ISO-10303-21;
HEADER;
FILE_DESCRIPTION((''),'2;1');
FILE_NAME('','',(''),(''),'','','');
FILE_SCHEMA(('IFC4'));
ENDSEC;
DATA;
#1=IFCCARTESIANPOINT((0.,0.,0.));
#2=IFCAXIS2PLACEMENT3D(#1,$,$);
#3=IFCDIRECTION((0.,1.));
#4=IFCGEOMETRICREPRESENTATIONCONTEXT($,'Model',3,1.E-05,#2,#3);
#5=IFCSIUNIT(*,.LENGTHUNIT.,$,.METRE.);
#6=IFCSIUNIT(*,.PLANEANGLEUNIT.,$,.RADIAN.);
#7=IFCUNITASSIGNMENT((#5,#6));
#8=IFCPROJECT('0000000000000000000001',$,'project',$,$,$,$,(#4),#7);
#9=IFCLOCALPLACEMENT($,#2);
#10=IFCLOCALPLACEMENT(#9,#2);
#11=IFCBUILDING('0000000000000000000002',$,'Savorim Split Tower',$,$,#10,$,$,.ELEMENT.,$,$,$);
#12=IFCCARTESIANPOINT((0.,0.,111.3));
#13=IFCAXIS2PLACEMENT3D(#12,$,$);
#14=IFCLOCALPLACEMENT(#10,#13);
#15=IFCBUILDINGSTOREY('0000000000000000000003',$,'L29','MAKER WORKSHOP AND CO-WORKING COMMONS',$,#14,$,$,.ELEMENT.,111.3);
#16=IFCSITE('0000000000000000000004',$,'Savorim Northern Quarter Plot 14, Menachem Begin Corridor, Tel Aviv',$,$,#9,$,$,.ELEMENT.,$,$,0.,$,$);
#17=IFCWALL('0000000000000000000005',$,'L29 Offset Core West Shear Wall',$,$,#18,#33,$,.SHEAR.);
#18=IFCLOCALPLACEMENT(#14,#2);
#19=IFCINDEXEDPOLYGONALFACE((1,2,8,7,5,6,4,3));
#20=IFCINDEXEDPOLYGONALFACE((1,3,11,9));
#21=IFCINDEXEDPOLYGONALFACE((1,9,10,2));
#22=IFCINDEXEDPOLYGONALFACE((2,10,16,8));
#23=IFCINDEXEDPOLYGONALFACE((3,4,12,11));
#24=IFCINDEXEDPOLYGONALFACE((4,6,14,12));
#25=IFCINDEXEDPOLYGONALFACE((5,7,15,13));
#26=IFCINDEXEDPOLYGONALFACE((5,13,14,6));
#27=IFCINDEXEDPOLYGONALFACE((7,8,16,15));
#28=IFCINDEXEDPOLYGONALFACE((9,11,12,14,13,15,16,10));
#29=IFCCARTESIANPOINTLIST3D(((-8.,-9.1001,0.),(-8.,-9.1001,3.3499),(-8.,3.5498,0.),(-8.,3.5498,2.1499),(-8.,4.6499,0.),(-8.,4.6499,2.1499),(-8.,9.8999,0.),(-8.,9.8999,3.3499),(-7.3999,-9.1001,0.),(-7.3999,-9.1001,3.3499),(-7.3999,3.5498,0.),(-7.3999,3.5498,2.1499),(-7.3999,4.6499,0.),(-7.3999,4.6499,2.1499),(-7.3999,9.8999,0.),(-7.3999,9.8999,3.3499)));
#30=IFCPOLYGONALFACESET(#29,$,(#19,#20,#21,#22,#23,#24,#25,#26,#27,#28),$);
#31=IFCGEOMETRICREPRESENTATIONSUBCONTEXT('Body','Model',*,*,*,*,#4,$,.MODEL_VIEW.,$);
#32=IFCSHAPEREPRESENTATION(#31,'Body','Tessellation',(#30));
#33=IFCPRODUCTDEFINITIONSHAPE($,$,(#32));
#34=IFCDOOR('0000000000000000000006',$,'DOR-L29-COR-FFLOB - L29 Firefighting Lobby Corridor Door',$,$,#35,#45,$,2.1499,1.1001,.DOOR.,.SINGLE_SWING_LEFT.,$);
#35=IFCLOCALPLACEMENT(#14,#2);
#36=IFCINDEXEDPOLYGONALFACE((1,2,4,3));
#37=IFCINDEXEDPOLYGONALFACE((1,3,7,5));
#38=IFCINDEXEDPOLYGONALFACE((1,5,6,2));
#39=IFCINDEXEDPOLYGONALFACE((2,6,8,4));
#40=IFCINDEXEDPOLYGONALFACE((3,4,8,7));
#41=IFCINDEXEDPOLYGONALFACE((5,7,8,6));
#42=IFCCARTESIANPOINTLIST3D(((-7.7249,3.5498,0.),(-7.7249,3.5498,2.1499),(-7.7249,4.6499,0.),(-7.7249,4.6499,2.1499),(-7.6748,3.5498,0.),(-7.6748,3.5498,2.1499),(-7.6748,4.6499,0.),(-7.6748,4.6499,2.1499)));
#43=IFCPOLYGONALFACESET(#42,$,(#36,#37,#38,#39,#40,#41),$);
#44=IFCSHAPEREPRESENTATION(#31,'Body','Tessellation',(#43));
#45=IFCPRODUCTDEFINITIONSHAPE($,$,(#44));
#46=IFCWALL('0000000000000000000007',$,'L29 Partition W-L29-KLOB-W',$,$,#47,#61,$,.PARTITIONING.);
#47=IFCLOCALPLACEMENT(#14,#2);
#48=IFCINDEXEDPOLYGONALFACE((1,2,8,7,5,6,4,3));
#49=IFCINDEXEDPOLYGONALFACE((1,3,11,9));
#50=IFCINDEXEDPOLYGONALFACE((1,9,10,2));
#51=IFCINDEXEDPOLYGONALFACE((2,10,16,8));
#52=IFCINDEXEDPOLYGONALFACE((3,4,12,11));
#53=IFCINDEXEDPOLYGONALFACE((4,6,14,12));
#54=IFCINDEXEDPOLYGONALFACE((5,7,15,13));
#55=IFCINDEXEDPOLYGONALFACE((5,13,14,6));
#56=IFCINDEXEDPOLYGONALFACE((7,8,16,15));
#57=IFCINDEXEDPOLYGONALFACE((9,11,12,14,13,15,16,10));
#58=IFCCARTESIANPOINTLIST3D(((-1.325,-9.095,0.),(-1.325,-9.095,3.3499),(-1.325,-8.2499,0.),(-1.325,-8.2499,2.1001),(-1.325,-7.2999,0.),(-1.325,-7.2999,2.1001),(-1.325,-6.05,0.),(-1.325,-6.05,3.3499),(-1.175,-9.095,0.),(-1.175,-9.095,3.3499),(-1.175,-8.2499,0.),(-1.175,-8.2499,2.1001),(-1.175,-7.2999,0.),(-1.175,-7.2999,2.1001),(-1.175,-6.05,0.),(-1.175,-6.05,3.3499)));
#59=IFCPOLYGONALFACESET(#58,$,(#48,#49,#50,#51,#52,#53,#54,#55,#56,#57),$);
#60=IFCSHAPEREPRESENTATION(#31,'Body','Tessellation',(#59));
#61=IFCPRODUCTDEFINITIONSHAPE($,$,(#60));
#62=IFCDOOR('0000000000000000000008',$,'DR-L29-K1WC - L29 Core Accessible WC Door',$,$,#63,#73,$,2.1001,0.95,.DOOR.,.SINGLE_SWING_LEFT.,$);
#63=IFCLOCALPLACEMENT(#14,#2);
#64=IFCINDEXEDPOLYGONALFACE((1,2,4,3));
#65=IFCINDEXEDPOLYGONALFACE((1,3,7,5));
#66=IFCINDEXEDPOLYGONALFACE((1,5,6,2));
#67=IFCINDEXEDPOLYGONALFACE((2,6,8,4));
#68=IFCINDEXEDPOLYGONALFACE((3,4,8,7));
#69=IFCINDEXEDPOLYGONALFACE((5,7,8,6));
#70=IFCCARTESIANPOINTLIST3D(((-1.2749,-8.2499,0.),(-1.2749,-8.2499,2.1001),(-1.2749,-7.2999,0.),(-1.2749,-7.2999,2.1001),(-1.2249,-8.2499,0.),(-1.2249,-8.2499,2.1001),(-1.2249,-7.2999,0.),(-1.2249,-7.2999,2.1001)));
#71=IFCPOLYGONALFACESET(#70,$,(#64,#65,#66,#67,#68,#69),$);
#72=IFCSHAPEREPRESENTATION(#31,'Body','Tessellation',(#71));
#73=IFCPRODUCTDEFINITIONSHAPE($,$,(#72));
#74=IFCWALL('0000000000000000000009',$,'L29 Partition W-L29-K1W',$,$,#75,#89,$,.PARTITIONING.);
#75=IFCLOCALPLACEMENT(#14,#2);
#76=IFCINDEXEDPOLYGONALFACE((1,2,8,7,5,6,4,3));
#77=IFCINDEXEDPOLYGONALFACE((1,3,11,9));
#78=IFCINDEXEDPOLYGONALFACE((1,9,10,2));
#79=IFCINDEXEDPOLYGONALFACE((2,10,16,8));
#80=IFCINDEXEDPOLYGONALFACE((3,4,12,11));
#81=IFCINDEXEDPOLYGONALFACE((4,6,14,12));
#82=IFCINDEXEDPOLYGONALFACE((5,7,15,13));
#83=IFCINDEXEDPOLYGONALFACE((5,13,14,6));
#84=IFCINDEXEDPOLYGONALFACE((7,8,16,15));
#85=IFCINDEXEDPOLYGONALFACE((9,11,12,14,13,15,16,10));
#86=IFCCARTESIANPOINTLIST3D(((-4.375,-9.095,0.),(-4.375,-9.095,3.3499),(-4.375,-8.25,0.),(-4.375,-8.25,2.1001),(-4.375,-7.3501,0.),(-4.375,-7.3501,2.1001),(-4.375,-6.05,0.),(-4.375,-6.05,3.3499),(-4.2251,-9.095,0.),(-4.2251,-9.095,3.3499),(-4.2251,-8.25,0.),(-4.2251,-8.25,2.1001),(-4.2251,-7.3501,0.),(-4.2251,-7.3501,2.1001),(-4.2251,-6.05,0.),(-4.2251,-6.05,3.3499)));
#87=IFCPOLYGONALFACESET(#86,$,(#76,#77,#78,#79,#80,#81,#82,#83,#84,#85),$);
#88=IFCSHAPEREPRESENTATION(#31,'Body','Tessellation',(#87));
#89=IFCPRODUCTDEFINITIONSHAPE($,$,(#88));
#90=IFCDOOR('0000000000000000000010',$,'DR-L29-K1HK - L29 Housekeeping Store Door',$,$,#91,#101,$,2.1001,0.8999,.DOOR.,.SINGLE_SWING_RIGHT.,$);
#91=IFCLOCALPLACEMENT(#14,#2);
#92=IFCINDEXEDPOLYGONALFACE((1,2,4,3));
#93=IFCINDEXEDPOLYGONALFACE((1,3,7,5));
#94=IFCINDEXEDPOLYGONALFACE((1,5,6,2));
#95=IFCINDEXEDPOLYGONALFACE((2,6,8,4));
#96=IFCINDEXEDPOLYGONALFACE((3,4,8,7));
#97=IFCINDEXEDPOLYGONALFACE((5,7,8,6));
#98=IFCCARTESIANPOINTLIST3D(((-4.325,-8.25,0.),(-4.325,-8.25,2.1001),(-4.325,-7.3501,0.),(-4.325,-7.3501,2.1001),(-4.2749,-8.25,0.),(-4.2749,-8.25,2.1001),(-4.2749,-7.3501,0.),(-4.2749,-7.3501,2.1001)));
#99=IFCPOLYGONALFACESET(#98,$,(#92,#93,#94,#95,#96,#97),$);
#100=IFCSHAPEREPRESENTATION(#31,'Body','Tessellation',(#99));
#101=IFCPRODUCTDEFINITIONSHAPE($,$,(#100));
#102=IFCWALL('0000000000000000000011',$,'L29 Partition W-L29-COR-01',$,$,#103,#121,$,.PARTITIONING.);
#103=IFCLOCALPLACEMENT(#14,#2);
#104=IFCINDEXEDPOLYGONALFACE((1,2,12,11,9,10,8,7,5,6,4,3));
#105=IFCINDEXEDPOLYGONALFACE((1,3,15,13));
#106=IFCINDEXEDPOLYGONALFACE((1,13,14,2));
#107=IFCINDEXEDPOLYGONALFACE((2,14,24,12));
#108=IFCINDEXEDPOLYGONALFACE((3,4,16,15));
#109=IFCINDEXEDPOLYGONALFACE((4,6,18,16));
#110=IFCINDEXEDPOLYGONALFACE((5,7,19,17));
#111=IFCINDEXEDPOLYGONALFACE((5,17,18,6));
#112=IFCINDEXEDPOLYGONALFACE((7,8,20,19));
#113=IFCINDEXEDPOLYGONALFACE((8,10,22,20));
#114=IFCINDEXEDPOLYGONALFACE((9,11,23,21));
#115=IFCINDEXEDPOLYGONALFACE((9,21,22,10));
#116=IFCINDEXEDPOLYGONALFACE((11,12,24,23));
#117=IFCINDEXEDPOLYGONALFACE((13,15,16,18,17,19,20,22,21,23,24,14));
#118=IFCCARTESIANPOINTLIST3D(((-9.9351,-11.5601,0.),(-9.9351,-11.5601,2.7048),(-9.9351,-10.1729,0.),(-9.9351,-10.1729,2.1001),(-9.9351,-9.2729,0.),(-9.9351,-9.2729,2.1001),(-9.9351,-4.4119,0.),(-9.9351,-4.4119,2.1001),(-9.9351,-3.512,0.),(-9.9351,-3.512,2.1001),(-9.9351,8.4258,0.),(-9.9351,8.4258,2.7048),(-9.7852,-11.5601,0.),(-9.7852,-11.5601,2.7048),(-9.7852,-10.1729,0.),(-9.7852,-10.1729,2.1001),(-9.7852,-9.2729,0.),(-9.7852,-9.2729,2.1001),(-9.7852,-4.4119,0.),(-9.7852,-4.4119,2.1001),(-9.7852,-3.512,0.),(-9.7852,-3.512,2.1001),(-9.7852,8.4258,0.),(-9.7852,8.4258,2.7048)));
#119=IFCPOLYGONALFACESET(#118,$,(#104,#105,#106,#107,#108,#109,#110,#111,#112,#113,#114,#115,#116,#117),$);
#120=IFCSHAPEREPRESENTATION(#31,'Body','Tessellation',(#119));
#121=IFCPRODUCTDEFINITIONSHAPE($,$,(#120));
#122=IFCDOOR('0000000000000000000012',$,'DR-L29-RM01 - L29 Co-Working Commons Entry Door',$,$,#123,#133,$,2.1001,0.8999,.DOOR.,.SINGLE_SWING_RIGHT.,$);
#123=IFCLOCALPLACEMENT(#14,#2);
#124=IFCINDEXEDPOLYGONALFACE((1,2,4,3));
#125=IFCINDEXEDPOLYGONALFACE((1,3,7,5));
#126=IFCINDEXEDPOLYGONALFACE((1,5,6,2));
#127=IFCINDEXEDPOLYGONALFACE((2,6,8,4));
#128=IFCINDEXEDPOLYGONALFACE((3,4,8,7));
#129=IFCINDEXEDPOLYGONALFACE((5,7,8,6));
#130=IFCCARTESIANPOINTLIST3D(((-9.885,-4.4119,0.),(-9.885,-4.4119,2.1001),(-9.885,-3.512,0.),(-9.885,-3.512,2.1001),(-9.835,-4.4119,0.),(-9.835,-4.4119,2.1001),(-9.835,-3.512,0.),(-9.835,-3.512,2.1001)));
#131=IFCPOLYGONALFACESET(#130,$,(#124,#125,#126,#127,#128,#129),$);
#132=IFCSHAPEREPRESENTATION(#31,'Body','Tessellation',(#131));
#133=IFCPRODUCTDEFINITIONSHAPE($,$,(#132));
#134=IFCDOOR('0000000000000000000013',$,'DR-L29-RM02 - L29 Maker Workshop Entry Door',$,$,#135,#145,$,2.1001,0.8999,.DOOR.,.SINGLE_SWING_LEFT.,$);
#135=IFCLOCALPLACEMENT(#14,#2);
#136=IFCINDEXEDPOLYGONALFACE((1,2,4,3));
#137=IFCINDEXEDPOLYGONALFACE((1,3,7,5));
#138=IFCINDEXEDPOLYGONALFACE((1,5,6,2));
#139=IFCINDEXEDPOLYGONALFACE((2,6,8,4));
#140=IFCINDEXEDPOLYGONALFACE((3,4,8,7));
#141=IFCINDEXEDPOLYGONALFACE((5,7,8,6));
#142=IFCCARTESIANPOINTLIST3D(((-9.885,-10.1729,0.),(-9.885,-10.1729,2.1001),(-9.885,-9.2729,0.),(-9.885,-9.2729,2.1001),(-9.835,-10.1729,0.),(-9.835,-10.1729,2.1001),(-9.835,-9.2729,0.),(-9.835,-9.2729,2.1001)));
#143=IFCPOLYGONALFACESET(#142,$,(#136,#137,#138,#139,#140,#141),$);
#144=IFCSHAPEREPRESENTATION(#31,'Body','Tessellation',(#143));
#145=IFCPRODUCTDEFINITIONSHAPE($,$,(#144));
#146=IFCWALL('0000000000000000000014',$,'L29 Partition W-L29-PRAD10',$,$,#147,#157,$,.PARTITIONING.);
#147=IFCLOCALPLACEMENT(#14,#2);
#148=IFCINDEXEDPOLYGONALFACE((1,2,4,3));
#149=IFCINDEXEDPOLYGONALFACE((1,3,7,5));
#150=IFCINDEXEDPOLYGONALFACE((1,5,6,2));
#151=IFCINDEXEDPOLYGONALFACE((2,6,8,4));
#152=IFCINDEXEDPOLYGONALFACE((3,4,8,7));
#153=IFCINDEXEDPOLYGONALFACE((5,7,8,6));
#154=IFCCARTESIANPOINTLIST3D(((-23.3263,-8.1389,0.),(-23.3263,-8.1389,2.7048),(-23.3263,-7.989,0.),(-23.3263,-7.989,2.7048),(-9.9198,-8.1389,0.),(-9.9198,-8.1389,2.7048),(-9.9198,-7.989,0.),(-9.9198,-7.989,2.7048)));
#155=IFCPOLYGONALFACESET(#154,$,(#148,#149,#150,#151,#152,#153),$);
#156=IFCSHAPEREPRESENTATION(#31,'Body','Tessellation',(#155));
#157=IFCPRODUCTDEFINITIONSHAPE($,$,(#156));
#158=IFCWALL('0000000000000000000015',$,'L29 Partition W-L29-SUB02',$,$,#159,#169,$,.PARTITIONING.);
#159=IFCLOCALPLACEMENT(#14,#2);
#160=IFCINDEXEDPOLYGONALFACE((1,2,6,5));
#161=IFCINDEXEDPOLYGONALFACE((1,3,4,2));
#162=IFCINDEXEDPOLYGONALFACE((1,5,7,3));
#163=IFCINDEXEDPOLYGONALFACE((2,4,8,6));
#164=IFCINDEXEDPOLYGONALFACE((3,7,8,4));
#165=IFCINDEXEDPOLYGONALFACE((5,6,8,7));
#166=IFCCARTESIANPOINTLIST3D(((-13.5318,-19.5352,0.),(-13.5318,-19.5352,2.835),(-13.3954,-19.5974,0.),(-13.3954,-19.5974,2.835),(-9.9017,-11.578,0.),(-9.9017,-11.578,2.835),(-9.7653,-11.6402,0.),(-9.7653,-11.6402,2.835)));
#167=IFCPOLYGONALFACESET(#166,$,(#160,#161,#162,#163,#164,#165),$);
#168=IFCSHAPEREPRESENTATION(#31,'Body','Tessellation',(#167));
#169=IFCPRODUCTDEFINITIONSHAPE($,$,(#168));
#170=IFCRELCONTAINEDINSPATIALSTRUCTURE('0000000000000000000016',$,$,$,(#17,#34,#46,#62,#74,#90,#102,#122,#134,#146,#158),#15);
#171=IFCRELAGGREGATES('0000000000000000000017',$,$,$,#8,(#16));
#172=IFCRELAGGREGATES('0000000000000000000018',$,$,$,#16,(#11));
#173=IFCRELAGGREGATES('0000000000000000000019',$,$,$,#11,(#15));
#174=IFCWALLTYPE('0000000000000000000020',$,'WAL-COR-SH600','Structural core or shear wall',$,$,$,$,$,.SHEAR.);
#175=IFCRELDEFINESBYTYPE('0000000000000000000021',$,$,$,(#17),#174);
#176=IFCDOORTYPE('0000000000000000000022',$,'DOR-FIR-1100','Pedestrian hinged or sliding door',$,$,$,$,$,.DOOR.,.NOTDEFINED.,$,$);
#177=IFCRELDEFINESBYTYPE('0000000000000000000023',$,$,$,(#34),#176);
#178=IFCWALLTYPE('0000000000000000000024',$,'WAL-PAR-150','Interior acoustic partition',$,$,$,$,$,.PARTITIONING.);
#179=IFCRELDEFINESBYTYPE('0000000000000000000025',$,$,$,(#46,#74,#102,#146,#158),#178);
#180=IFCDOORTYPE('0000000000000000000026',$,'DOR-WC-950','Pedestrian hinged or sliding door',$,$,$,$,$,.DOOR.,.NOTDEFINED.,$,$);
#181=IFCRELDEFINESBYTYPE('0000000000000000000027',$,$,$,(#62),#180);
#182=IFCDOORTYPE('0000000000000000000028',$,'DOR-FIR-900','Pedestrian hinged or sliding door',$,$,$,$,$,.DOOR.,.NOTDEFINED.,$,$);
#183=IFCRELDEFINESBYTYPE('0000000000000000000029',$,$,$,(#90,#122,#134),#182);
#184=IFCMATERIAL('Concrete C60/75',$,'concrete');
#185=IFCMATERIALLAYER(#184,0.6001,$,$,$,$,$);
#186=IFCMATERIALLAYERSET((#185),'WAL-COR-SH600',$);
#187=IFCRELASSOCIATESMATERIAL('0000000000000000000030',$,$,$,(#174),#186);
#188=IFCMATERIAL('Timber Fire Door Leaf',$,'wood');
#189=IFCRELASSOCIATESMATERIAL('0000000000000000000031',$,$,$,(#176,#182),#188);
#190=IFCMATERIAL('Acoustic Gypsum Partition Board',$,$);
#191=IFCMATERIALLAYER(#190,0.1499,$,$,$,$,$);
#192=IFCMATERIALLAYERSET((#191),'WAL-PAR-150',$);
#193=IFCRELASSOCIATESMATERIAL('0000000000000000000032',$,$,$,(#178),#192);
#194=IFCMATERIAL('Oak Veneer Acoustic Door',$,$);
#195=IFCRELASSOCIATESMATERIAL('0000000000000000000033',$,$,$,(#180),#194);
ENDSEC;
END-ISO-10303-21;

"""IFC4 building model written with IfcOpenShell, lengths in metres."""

from ifc_helpers import new_model, si_unit, direction, frame, frame_2d, origin, place, context, subcontext, project, spatial, rectangle, extrude, material, layer, layer_set, type_object, element, fill, save


model = new_model("IFC4")

# Units and contexts
model_context = context("Model", 3, precision=1e-05, world=origin(), true_north=direction((0.0, 1.0)))
body_context = subcontext(model_context, "Body", "Model", "MODEL_VIEW")
ifc_project = project(units=[si_unit("LENGTHUNIT", "METRE"), si_unit("PLANEANGLEUNIT", "RADIAN")], contexts=[model_context])

# Site, building, storey
site_placement = place(None, origin())
site = spatial("IfcSite", under=ifc_project, at=site_placement, Name="Savorim Northern Quarter Plot 14, Menachem Begin Corridor, Tel Aviv", CompositionType="ELEMENT", RefElevation=0.0)
building_placement = place(site_placement, origin())
building = spatial("IfcBuilding", under=site, at=building_placement, Name="Savorim Split Tower", CompositionType="ELEMENT")
storey_placement = place(building_placement, frame((0.0, 0.0, 111.3)))
storey = spatial("IfcBuildingStorey", under=building, at=storey_placement, Name="L29", Description="MAKER WORKSHOP AND CO-WORKING COMMONS", CompositionType="ELEMENT", Elevation=111.3)

# Walls, openings, doors
ifc_material_1 = material(Name="Concrete C60/75", Category="concrete")
ifc_layer_1 = layer(ifc_material_1, 0.6001)
ifc_layer_set_1 = layer_set([ifc_layer_1], Name="WAL-COR-SH600")
wall_type_1 = type_object("IfcWallType", Name="WAL-COR-SH600", Description="Structural core or shear wall", PredefinedType="SHEAR", material=ifc_layer_set_1)
ifc_material_2 = material(Name="Timber Fire Door Leaf", Category="wood")
wall_1_placement = place(storey_placement, frame((-7.7, -9.1001, 0.0), z_axis=(0.0, 0.0, 1.0), x_axis=(0.0, 1.0, 0.0)))
wall_1 = element("IfcWall", 1, at=wall_1_placement, inside=storey, type_object=wall_type_1, Name="L29 Offset Core West Shear Wall", PredefinedType="SHEAR", context=body_context, shape_type="SweptSolid", body=[
    extrude(rectangle(XDim=19.0, YDim=0.6001, at=frame_2d((9.5, 0.0))), origin(), (0.0, 0.0, 1.0), 3.3499),
])
opening_1_placement = place(wall_1_placement, frame((12.6499, 0.0, 0.0)))
opening_1 = element("IfcOpeningElement", 2, at=opening_1_placement, cuts=wall_1, PredefinedType="OPENING", context=body_context, shape_type="SweptSolid", body=[
    extrude(rectangle(XDim=1.1001, YDim=2.1499, at=frame_2d((0.55, 1.075))), frame((0.0, 0.3101, 0.0), z_axis=(0.0, -1.0, 0.0), x_axis=(1.0, 0.0, 0.0)), (0.0, 0.0, 1.0), 0.6201),
])
door_type_1 = type_object("IfcDoorType", Name="DOR-FIR-1100", Description="Pedestrian hinged or sliding door", OperationType="NOTDEFINED", PredefinedType="DOOR", material=ifc_material_2)
door_1_placement = place(opening_1_placement, origin())
door_1 = element("IfcDoor", 3, at=door_1_placement, inside=storey, type_object=door_type_1, Name="DOR-L29-COR-FFLOB - L29 Firefighting Lobby Corridor Door", OperationType="SINGLE_SWING_LEFT", OverallHeight=2.1499, OverallWidth=1.1001, PredefinedType="DOOR", context=body_context, shape_type="SweptSolid", body=[
    extrude(rectangle(XDim=1.1001, YDim=2.1499, at=frame_2d((0.55, 1.075))), frame((0.0, 0.0249, 0.0), z_axis=(0.0, -1.0, 0.0), x_axis=(1.0, 0.0, 0.0)), (0.0, 0.0, 1.0), 0.05),
])
fill(opening_1, door_1)
ifc_material_3 = material(Name="Acoustic Gypsum Partition Board")
ifc_layer_2 = layer(ifc_material_3, 0.1499)
ifc_layer_set_2 = layer_set([ifc_layer_2], Name="WAL-PAR-150")
wall_type_2 = type_object("IfcWallType", Name="WAL-PAR-150", Description="Interior acoustic partition", PredefinedType="PARTITIONING", material=ifc_layer_set_2)
wall_2_placement = place(storey_placement, frame((-1.25, -9.095, 0.0), z_axis=(0.0, 0.0, 1.0), x_axis=(0.0, 1.0, 0.0)))
wall_2 = element("IfcWall", 4, at=wall_2_placement, inside=storey, type_object=wall_type_2, Name="L29 Partition W-L29-KLOB-W", PredefinedType="PARTITIONING", context=body_context, shape_type="SweptSolid", body=[
    extrude(rectangle(XDim=3.0449, YDim=0.1499, at=frame_2d((1.5225, 0.0))), origin(), (0.0, 0.0, 1.0), 3.3499),
])
opening_2_placement = place(wall_2_placement, frame((0.845, 0.0, 0.0)))
opening_2 = element("IfcOpeningElement", 5, at=opening_2_placement, cuts=wall_2, PredefinedType="OPENING", context=body_context, shape_type="SweptSolid", body=[
    extrude(rectangle(XDim=0.95, YDim=2.1001, at=frame_2d((0.4751, 1.05))), frame((0.0, 0.085, 0.0), z_axis=(0.0, -1.0, 0.0), x_axis=(1.0, 0.0, 0.0)), (0.0, 0.0, 1.0), 0.1699),
])
ifc_material_4 = material(Name="Oak Veneer Acoustic Door")
door_type_2 = type_object("IfcDoorType", Name="DOR-WC-950", Description="Pedestrian hinged or sliding door", OperationType="NOTDEFINED", PredefinedType="DOOR", material=ifc_material_4)
door_2_placement = place(opening_2_placement, origin())
door_2 = element("IfcDoor", 6, at=door_2_placement, inside=storey, type_object=door_type_2, Name="DR-L29-K1WC - L29 Core Accessible WC Door", OperationType="SINGLE_SWING_LEFT", OverallHeight=2.1001, OverallWidth=0.95, PredefinedType="DOOR", context=body_context, shape_type="SweptSolid", body=[
    extrude(rectangle(XDim=0.95, YDim=2.1001, at=frame_2d((0.4751, 1.05))), frame((0.0, 0.0249, 0.0), z_axis=(0.0, -1.0, 0.0), x_axis=(1.0, 0.0, 0.0)), (0.0, 0.0, 1.0), 0.05),
])
fill(opening_2, door_2)
wall_3_placement = place(storey_placement, frame((-4.3, -9.095, 0.0), z_axis=(0.0, 0.0, 1.0), x_axis=(0.0, 1.0, 0.0)))
wall_3 = element("IfcWall", 7, at=wall_3_placement, inside=storey, type_object=wall_type_2, Name="L29 Partition W-L29-K1W", PredefinedType="PARTITIONING", context=body_context, shape_type="SweptSolid", body=[
    extrude(rectangle(XDim=3.0449, YDim=0.1499, at=frame_2d((1.5225, 0.0))), origin(), (0.0, 0.0, 1.0), 3.3499),
])
opening_3_placement = place(wall_3_placement, frame((0.845, 0.0, 0.0)))
opening_3 = element("IfcOpeningElement", 8, at=opening_3_placement, cuts=wall_3, PredefinedType="OPENING", context=body_context, shape_type="SweptSolid", body=[
    extrude(rectangle(XDim=0.8999, YDim=2.1001, at=frame_2d((0.45, 1.05))), frame((0.0, 0.085, 0.0), z_axis=(0.0, -1.0, 0.0), x_axis=(1.0, 0.0, 0.0)), (0.0, 0.0, 1.0), 0.1699),
])
door_type_3 = type_object("IfcDoorType", Name="DOR-FIR-900", Description="Pedestrian hinged or sliding door", OperationType="NOTDEFINED", PredefinedType="DOOR", material=ifc_material_2)
door_3_placement = place(opening_3_placement, origin())
door_3 = element("IfcDoor", 9, at=door_3_placement, inside=storey, type_object=door_type_3, Name="DR-L29-K1HK - L29 Housekeeping Store Door", OperationType="SINGLE_SWING_RIGHT", OverallHeight=2.1001, OverallWidth=0.8999, PredefinedType="DOOR", context=body_context, shape_type="SweptSolid", body=[
    extrude(rectangle(XDim=0.8999, YDim=2.1001, at=frame_2d((0.45, 1.05))), frame((0.0, 0.0249, 0.0), z_axis=(0.0, -1.0, 0.0), x_axis=(1.0, 0.0, 0.0)), (0.0, 0.0, 1.0), 0.05),
])
fill(opening_3, door_3)

# Wall, openings, doors
wall_4_placement = place(storey_placement, frame((-9.8601, -11.5601, 0.0), z_axis=(0.0, 0.0, 1.0), x_axis=(0.0, 1.0, 0.0)))
wall_4 = element("IfcWall", 10, at=wall_4_placement, inside=storey, type_object=wall_type_2, Name="L29 Partition W-L29-COR-01", PredefinedType="PARTITIONING", context=body_context, shape_type="SweptSolid", body=[
    extrude(rectangle(XDim=19.9858, YDim=0.1499, at=frame_2d((9.9929, 0.0))), origin(), (0.0, 0.0, 1.0), 2.7048),
])
opening_4_placement = place(wall_4_placement, frame((7.1482, 0.0, 0.0)))
opening_4 = element("IfcOpeningElement", 11, at=opening_4_placement, cuts=wall_4, PredefinedType="OPENING", context=body_context, shape_type="SweptSolid", body=[
    extrude(rectangle(XDim=0.8999, YDim=2.1001, at=frame_2d((0.45, 1.05))), frame((0.0, 0.085, 0.0), z_axis=(0.0, -1.0, 0.0), x_axis=(1.0, 0.0, 0.0)), (0.0, 0.0, 1.0), 0.1699),
])
opening_5_placement = place(wall_4_placement, frame((1.3872, 0.0, 0.0)))
opening_5 = element("IfcOpeningElement", 12, at=opening_5_placement, cuts=wall_4, PredefinedType="OPENING", context=body_context, shape_type="SweptSolid", body=[
    extrude(rectangle(XDim=0.8999, YDim=2.1001, at=frame_2d((0.45, 1.05))), frame((0.0, 0.085, 0.0), z_axis=(0.0, -1.0, 0.0), x_axis=(1.0, 0.0, 0.0)), (0.0, 0.0, 1.0), 0.1699),
])
door_4_placement = place(opening_4_placement, origin())
door_4 = element("IfcDoor", 13, at=door_4_placement, inside=storey, type_object=door_type_3, Name="DR-L29-RM01 - L29 Co-Working Commons Entry Door", OperationType="SINGLE_SWING_RIGHT", OverallHeight=2.1001, OverallWidth=0.8999, PredefinedType="DOOR", context=body_context, shape_type="SweptSolid", body=[
    extrude(rectangle(XDim=0.8999, YDim=2.1001, at=frame_2d((0.45, 1.05))), frame((0.0, 0.0249, 0.0), z_axis=(0.0, -1.0, 0.0), x_axis=(1.0, 0.0, 0.0)), (0.0, 0.0, 1.0), 0.05),
])
fill(opening_4, door_4)
door_5_placement = place(opening_5_placement, origin())
door_5 = element("IfcDoor", 14, at=door_5_placement, inside=storey, type_object=door_type_3, Name="DR-L29-RM02 - L29 Maker Workshop Entry Door", OperationType="SINGLE_SWING_LEFT", OverallHeight=2.1001, OverallWidth=0.8999, PredefinedType="DOOR", context=body_context, shape_type="SweptSolid", body=[
    extrude(rectangle(XDim=0.8999, YDim=2.1001, at=frame_2d((0.45, 1.05))), frame((0.0, 0.0249, 0.0), z_axis=(0.0, -1.0, 0.0), x_axis=(1.0, 0.0, 0.0)), (0.0, 0.0, 1.0), 0.05),
])
fill(opening_5, door_5)

# Walls
wall_5_placement = place(storey_placement, frame((-9.9199, -8.064, 0.0), z_axis=(0.0, 0.0, 1.0), x_axis=(-1.0, 0.0, 0.0)))
element("IfcWall", 15, at=wall_5_placement, inside=storey, type_object=wall_type_2, Name="L29 Partition W-L29-PRAD10", PredefinedType="PARTITIONING", context=body_context, shape_type="SweptSolid", body=[
    extrude(rectangle(XDim=13.4065, YDim=0.1499, at=frame_2d((6.7031, 0.0))), origin(), (0.0, 0.0, 1.0), 2.7048),
])
wall_6_placement = place(storey_placement, frame((-9.8335, -11.6091, 0.0), z_axis=(0.0, 0.0, 1.0), x_axis=(-0.415052, -0.909798, 0.0)))
element("IfcWall", 16, at=wall_6_placement, inside=storey, type_object=wall_type_2, Name="L29 Partition W-L29-SUB02", PredefinedType="PARTITIONING", context=body_context, shape_type="SweptSolid", body=[
    extrude(rectangle(XDim=8.7461, YDim=0.1499, at=frame_2d((4.373, 0.0))), origin(), (0.0, 0.0, 1.0), 2.835),
])

save(model, "model.ifc")
